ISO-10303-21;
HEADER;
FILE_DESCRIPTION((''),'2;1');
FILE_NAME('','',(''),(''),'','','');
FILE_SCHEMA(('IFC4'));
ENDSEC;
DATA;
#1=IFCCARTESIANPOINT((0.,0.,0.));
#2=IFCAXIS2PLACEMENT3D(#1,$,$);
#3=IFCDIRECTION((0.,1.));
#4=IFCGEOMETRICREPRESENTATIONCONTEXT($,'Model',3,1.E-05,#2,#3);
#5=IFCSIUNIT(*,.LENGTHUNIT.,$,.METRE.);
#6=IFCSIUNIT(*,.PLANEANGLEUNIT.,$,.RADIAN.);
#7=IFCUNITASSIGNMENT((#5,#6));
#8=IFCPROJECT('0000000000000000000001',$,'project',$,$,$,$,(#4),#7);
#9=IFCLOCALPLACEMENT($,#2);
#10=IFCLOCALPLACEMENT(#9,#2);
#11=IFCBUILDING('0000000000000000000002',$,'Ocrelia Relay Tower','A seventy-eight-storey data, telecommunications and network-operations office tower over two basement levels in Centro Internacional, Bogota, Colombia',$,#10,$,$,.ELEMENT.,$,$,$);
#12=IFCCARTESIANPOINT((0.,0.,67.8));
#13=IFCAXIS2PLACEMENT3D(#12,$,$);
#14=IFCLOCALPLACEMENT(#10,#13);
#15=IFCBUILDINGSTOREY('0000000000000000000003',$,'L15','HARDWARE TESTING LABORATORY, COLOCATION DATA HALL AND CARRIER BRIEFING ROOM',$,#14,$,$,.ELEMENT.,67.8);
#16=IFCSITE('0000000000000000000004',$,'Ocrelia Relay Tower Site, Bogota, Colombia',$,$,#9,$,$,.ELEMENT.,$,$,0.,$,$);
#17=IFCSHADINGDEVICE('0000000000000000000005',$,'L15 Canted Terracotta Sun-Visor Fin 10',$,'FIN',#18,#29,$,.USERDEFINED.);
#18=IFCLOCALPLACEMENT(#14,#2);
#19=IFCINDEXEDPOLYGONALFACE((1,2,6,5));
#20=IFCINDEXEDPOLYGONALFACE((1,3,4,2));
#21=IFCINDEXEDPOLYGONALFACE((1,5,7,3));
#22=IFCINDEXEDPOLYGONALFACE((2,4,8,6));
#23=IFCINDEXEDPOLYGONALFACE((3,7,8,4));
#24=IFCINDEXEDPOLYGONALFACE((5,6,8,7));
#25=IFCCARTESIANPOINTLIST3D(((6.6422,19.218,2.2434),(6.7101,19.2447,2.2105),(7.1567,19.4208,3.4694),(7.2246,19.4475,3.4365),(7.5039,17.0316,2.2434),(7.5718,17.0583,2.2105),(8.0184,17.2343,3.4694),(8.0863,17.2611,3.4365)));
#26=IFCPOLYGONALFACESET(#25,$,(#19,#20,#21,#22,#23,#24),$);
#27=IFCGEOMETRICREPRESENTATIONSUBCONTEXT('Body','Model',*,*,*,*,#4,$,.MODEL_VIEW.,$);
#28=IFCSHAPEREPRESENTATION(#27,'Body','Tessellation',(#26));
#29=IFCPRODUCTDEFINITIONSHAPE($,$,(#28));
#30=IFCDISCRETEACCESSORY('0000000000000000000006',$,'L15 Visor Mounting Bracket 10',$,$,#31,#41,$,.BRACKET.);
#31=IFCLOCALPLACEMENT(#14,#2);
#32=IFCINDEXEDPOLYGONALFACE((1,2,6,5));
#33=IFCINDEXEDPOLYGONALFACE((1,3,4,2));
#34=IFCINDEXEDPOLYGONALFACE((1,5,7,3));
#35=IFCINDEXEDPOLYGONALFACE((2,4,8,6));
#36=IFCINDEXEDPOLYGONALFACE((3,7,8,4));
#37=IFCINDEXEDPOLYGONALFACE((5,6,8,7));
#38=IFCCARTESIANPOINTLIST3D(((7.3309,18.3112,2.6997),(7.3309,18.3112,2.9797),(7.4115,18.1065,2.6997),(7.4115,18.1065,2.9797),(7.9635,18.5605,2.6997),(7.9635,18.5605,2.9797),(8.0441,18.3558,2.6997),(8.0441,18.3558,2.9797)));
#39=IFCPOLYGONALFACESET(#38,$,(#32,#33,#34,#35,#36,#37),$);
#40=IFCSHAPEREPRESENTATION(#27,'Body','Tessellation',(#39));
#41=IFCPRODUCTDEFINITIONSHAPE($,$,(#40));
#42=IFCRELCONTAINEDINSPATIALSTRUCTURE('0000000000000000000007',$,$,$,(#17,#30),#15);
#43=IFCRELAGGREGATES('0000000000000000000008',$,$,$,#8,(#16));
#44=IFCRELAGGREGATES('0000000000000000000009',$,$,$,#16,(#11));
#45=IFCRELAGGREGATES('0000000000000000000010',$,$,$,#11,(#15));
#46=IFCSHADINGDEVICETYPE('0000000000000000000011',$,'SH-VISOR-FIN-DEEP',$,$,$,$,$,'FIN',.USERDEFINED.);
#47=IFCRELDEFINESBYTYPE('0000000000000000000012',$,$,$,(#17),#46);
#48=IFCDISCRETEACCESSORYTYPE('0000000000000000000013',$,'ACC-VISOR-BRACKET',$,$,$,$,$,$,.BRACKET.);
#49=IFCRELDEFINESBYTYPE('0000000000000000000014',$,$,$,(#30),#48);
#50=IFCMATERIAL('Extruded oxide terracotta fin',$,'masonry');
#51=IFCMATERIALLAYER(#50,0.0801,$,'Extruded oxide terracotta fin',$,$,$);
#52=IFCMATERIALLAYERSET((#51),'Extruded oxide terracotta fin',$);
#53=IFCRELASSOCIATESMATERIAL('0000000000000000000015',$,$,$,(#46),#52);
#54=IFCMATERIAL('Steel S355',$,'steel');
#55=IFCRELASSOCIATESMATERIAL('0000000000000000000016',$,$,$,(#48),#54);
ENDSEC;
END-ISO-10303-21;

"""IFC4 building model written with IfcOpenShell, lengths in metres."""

from ifc_helpers import new_model, si_unit, direction, frame, origin, origin_2d, place, context, subcontext, project, spatial, rectangle, extrude, material, layer, layer_set, type_object, element, save


model = new_model("IFC4")

# Units and contexts
model_context = context("Model", 3, precision=1e-05, world=origin(), true_north=direction((0.0, 1.0)))
body_context = subcontext(model_context, "Body", "Model", "MODEL_VIEW")
ifc_project = project(units=[si_unit("LENGTHUNIT", "METRE"), si_unit("PLANEANGLEUNIT", "RADIAN")], contexts=[model_context])

# Site, building, storey
site_placement = place(None, origin())
site = spatial("IfcSite", under=ifc_project, at=site_placement, Name="Ocrelia Relay Tower Site, Bogota, Colombia", CompositionType="ELEMENT", RefElevation=0.0)
building_placement = place(site_placement, origin())
building = spatial("IfcBuilding", under=site, at=building_placement, Name="Ocrelia Relay Tower", Description="A seventy-eight-storey data, telecommunications and network-operations office tower over two basement levels in Centro Internacional, Bogota, Colombia", CompositionType="ELEMENT")
storey_placement = place(building_placement, frame((0.0, 0.0, 67.8)))
storey = spatial("IfcBuildingStorey", under=building, at=storey_placement, Name="L15", Description="HARDWARE TESTING LABORATORY, COLOCATION DATA HALL AND CARRIER BRIEFING ROOM", CompositionType="ELEMENT", Elevation=67.8)

# Shared definitions
ifc_material_1 = material(Name="Steel S355", Category="steel")

# Shading device
ifc_material_2 = material(Name="Extruded oxide terracotta fin", Category="masonry")
ifc_layer_1 = layer(ifc_material_2, 0.0801, Name="Extruded oxide terracotta fin")
ifc_layer_set_1 = layer_set([ifc_layer_1], Name="Extruded oxide terracotta fin")
shading_device_type_1 = type_object("IfcShadingDeviceType", Name="SH-VISOR-FIN-DEEP", ElementType="FIN", PredefinedType="USERDEFINED", material=ifc_layer_set_1)
shading_device_1_placement = place(storey_placement, frame((7.3982, 18.2529, 2.8235), z_axis=(-0.84806, -0.334234, 0.411196), x_axis=(0.366667, -0.930352, 0.0)))
element("IfcShadingDevice", 1, at=shading_device_1_placement, inside=storey, type_object=shading_device_type_1, Name="L15 Canted Terracotta Sun-Visor Fin 10", ObjectType="FIN", PredefinedType="USERDEFINED", context=body_context, shape_type="SweptSolid", body=[
    extrude(rectangle(XDim=2.3501, YDim=1.345, at=origin_2d()), origin(), (0.0, 0.0, 1.0), 0.0801),
])

# Discrete accessory
discrete_accessory_type = type_object("IfcDiscreteAccessoryType", Name="ACC-VISOR-BRACKET", PredefinedType="BRACKET", material=ifc_material_1)
discrete_accessory_placement = place(storey_placement, frame((7.6875, 18.3335, 2.6997), z_axis=(0.0, 0.0, 1.0), x_axis=(0.366667, -0.930352, 0.0)))
element("IfcDiscreteAccessory", 2, at=discrete_accessory_placement, inside=storey, type_object=discrete_accessory_type, Name="L15 Visor Mounting Bracket 10", PredefinedType="BRACKET", context=body_context, shape_type="SweptSolid", body=[
    extrude(rectangle(XDim=0.22, YDim=0.6799, at=origin_2d()), origin(), (0.0, 0.0, 1.0), 0.28),
])

save(model, "model.ifc")
